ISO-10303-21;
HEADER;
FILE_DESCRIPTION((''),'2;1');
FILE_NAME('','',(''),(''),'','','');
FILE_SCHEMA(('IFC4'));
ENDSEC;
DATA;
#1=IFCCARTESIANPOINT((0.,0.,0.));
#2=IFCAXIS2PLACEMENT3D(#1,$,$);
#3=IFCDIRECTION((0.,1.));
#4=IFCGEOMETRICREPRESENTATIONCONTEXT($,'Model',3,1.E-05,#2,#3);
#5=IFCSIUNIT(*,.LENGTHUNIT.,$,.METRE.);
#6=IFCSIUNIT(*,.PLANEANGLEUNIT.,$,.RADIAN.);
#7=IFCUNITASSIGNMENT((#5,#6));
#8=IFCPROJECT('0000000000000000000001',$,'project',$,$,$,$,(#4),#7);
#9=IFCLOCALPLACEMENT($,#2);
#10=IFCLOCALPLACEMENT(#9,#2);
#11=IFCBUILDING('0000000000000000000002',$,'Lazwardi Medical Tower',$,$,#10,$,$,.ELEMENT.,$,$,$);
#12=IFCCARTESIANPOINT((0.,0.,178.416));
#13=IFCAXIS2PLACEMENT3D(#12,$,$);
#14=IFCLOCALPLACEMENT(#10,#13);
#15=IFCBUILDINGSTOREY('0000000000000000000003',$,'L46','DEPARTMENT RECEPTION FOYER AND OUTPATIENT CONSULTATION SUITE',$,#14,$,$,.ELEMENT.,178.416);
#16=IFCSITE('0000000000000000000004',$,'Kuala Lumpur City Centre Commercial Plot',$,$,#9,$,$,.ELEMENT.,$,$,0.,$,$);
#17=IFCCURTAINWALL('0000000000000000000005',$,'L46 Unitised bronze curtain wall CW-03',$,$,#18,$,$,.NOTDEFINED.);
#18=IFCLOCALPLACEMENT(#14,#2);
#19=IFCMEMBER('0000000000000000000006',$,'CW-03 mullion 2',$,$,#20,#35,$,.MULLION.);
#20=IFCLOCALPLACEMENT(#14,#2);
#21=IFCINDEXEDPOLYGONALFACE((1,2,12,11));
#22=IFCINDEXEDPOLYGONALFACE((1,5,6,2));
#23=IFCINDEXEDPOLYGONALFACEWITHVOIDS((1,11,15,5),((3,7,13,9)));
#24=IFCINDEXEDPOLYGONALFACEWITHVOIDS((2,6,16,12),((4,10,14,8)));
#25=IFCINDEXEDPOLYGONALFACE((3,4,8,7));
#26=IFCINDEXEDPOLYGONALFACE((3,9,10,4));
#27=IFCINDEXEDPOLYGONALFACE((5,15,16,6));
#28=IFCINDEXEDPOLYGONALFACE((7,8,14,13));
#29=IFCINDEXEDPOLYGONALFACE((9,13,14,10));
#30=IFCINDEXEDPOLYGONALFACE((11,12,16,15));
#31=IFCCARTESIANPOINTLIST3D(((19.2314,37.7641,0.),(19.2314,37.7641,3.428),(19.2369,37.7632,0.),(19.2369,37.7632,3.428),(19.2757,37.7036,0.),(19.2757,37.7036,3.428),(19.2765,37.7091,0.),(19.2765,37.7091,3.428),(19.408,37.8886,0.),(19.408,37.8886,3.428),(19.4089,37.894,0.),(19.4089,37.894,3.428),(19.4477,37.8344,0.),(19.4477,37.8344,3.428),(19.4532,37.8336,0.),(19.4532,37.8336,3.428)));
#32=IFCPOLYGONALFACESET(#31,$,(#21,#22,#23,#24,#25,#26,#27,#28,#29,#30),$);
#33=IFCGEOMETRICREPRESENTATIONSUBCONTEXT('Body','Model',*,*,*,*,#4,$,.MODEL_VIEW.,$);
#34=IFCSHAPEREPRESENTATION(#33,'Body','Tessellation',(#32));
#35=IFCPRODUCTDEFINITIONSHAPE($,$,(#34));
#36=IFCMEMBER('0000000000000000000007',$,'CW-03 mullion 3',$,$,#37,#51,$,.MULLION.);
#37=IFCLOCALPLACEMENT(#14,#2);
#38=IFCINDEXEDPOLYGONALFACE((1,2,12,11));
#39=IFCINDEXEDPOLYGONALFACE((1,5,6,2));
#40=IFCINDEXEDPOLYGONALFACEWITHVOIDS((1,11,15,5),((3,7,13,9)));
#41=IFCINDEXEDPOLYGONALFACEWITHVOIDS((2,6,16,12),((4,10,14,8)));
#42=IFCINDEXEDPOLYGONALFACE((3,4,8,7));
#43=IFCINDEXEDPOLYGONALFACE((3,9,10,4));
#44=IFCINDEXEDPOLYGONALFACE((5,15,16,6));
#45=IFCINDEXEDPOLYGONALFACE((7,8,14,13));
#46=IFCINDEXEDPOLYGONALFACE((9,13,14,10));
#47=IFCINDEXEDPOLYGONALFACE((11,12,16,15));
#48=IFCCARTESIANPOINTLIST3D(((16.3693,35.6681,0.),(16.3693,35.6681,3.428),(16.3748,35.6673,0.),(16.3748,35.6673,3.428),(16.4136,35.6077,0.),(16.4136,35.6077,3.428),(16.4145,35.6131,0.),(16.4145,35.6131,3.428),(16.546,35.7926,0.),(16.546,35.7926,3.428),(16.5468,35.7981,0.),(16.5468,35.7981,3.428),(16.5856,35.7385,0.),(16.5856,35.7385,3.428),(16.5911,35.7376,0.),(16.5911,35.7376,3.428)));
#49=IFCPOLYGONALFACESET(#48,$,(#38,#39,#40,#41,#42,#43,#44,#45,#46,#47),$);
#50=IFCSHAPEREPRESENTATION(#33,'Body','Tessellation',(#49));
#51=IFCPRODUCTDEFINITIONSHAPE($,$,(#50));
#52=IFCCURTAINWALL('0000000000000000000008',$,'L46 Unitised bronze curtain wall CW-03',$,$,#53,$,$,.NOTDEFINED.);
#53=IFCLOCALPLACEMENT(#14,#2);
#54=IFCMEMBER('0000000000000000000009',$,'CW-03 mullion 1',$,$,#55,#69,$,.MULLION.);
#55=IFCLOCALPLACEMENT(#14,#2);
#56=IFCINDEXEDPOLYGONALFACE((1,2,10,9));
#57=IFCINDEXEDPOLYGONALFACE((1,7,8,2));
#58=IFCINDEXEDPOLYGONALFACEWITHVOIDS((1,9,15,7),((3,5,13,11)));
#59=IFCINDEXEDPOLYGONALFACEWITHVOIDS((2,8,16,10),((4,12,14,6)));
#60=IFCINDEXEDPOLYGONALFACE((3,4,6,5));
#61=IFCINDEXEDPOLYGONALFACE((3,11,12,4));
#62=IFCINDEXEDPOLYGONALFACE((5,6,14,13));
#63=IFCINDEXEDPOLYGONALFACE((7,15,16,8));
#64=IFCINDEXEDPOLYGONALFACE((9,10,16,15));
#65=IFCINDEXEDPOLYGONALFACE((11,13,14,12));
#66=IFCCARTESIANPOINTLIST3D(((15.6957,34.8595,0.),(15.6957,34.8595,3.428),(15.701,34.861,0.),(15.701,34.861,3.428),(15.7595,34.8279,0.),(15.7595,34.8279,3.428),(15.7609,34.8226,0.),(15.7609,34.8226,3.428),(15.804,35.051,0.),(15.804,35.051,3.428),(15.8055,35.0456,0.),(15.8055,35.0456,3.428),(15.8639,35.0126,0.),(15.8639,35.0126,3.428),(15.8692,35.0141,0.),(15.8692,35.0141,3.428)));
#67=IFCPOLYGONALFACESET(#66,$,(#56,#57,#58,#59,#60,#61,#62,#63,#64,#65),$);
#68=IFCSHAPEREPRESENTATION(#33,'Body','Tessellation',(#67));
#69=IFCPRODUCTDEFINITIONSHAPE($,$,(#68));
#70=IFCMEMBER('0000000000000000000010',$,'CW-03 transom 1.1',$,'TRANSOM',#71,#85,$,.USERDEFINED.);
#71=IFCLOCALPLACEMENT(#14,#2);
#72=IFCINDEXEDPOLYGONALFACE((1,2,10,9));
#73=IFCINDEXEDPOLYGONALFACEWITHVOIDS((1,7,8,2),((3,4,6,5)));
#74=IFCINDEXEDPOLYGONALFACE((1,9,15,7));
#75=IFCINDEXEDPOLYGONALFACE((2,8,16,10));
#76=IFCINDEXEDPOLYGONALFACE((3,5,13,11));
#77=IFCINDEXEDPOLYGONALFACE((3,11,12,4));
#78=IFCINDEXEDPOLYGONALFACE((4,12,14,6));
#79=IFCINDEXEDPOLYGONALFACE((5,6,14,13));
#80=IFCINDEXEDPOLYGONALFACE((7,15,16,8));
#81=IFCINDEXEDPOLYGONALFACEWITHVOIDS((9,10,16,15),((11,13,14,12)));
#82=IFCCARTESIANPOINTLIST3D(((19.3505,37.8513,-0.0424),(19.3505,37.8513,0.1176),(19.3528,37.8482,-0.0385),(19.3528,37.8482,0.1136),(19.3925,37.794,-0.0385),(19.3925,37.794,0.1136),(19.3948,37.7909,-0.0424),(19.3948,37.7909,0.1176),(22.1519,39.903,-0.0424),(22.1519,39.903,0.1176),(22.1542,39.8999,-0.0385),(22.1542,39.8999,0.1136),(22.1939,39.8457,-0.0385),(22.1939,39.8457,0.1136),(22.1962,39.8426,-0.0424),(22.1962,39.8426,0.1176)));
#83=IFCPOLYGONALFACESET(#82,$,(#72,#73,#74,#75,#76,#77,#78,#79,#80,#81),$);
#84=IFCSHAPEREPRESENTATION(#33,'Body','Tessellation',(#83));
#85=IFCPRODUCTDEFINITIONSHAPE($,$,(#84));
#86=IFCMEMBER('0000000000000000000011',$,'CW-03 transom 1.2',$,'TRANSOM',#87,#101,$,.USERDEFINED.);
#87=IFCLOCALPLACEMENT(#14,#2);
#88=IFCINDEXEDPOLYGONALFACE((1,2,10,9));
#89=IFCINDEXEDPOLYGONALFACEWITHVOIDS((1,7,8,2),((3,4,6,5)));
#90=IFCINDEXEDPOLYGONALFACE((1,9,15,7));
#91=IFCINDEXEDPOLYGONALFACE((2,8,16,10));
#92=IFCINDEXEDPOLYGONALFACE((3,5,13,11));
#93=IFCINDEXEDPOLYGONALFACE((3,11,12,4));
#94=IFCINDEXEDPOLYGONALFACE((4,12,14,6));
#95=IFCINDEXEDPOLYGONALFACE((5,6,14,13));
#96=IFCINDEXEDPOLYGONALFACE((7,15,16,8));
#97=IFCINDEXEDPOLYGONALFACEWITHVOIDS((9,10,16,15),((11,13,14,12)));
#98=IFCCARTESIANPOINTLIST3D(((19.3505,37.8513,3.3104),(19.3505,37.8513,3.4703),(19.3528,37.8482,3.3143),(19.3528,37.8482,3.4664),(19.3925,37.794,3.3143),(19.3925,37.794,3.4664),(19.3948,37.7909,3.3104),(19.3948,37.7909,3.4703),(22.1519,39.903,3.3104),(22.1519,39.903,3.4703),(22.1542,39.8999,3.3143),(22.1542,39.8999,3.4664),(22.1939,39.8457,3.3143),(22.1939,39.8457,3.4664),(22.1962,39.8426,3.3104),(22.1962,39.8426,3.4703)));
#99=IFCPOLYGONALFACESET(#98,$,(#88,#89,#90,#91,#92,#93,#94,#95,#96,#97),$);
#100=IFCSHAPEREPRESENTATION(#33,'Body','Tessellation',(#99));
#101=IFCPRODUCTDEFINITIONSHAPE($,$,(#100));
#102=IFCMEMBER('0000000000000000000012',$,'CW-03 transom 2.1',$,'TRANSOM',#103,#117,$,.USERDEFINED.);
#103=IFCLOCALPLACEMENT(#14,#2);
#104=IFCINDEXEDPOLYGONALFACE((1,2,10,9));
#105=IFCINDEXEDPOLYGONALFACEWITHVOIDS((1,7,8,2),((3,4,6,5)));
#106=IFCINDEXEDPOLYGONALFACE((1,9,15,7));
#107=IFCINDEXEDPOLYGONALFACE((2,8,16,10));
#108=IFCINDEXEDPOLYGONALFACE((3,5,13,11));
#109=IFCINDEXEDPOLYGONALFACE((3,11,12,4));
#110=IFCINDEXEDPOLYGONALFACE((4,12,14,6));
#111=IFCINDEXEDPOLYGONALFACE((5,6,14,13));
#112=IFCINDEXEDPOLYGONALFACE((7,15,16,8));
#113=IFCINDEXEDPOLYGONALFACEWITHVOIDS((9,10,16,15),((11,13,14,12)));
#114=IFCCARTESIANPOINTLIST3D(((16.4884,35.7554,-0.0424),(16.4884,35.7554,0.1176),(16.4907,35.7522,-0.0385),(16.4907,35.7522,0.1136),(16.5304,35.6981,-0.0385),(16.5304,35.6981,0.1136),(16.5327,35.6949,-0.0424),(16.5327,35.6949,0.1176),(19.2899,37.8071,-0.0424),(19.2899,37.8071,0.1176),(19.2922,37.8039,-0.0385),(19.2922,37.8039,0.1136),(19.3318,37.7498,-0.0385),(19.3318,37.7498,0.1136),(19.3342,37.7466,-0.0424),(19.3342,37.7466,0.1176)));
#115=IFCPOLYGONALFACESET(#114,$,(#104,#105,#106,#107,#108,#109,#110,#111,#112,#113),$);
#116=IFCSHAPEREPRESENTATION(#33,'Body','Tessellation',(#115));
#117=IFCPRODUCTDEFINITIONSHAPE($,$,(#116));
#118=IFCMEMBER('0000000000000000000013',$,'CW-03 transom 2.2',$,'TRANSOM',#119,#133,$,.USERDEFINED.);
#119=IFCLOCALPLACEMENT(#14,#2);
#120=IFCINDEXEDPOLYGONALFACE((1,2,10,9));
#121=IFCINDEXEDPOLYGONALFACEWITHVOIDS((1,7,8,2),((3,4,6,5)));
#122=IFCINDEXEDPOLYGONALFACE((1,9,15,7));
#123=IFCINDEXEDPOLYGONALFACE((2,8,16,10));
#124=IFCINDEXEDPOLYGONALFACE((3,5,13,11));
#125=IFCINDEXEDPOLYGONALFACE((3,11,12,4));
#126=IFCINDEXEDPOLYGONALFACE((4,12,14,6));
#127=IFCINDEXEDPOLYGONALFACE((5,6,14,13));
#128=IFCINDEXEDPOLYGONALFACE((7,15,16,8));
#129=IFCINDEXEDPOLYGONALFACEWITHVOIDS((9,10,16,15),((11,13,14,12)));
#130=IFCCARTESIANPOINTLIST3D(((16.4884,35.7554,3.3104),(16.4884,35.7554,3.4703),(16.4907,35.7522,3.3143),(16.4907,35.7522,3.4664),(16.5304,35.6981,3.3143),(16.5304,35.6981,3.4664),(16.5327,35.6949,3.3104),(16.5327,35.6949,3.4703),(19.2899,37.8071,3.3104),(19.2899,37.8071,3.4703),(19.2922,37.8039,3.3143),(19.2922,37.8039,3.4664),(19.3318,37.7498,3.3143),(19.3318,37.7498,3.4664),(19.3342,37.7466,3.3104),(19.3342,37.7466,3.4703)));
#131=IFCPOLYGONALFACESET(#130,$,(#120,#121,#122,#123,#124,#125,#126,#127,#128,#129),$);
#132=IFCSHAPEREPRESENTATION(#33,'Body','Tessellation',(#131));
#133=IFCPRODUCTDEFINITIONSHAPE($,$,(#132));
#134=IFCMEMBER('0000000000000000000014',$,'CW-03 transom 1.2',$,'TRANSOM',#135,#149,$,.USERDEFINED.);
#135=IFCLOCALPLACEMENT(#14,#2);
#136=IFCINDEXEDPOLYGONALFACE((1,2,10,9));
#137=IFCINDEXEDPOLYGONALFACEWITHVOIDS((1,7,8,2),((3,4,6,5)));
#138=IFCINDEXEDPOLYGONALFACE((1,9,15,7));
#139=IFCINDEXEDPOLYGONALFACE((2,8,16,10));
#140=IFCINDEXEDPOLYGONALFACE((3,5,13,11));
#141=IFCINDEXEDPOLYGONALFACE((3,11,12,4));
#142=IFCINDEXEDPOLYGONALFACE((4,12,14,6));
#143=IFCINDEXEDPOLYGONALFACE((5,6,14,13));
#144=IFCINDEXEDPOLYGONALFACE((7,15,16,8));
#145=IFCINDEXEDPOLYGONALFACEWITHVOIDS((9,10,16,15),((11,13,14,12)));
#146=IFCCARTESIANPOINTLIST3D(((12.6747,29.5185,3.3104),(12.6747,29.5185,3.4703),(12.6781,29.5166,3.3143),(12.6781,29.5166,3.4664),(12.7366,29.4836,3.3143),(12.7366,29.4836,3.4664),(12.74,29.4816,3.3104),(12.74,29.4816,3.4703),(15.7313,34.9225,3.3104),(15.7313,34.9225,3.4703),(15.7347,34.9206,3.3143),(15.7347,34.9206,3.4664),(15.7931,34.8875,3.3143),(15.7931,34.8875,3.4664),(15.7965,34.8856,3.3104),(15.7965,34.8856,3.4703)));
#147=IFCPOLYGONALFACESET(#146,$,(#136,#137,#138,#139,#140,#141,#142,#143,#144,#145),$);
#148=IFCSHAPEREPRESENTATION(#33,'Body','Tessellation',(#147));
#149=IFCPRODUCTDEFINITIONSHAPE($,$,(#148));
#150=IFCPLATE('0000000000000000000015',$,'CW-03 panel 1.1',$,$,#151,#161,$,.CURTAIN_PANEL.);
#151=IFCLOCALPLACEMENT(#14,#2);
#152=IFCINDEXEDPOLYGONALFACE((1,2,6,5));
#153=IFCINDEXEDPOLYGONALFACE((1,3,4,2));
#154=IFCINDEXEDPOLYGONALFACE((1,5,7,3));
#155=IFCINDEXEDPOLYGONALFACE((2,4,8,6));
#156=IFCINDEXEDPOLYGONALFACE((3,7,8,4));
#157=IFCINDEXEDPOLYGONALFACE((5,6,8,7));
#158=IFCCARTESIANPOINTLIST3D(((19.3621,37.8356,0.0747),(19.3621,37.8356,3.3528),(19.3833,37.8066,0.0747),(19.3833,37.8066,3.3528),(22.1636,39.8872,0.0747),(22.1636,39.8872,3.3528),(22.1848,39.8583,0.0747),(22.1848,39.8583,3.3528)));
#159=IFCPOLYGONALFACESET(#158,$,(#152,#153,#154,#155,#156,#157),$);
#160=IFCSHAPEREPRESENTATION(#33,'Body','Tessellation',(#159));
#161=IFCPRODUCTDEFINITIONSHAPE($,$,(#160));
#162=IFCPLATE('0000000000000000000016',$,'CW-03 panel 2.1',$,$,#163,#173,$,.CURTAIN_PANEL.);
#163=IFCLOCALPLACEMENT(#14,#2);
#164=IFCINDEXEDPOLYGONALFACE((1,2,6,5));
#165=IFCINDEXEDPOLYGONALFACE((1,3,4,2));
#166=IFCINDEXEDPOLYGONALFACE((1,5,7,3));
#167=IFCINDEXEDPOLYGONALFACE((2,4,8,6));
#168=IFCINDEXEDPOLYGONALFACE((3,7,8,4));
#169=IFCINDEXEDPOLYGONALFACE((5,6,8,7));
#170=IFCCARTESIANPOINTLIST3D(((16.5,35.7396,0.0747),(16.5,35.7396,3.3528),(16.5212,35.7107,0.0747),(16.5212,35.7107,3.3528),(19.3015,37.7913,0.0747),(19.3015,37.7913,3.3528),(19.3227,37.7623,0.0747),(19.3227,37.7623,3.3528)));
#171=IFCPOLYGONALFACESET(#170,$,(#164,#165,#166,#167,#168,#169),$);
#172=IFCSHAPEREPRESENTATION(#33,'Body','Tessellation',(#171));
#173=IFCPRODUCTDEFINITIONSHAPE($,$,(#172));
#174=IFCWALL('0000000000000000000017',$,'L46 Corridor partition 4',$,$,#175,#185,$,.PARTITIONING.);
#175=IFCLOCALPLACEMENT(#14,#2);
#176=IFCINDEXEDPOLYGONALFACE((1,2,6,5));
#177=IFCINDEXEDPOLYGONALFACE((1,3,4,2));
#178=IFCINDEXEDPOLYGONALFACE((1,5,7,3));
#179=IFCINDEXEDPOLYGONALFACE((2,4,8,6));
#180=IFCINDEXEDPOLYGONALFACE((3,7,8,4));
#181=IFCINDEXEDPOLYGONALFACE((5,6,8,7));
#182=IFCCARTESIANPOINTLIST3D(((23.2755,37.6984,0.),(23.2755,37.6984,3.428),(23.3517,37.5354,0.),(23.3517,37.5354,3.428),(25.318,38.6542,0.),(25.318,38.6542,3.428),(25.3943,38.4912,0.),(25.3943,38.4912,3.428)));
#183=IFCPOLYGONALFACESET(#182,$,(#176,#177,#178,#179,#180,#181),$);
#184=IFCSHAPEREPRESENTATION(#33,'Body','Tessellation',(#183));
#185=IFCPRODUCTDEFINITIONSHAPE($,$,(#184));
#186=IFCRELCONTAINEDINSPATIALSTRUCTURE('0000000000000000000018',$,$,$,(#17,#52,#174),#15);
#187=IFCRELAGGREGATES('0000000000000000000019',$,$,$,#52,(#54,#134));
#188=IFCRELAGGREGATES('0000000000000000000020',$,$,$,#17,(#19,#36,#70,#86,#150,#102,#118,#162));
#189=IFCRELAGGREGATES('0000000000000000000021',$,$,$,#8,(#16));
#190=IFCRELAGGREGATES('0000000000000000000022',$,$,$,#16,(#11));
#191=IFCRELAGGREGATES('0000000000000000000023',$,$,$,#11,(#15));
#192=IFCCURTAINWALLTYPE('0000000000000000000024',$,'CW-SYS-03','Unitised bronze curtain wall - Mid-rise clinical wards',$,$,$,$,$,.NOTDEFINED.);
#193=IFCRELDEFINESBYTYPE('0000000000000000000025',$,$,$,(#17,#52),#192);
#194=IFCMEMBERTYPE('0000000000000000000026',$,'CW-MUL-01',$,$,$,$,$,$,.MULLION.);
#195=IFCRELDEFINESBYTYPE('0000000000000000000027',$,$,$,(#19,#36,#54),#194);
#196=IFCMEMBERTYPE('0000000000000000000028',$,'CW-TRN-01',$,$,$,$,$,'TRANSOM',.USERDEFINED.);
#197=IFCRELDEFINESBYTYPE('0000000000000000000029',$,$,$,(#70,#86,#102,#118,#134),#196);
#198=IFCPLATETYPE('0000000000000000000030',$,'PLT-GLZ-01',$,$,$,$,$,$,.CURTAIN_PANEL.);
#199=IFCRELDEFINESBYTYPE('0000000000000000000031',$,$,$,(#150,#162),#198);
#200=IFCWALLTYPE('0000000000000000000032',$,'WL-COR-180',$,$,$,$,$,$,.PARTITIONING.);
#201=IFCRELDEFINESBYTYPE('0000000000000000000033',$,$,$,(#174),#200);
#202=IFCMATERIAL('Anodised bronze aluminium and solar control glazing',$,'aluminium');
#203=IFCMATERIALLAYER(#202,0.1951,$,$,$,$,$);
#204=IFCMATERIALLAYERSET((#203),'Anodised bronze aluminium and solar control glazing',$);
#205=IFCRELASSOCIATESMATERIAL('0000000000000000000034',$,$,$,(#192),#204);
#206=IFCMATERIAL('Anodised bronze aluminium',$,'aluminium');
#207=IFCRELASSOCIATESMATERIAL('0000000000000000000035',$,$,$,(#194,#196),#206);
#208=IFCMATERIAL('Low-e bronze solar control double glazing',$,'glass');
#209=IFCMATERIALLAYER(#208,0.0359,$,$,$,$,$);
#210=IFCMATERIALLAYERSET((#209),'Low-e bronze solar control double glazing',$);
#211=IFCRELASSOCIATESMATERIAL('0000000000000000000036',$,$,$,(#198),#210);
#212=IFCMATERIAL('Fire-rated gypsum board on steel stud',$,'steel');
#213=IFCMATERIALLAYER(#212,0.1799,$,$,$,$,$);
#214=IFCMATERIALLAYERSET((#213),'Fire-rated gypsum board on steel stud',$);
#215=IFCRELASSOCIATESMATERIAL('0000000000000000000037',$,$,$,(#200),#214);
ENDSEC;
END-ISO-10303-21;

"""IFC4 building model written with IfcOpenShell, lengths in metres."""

from ifc_helpers import new_model, si_unit, direction, frame, frame_2d, origin, origin_2d, place, context, subcontext, project, spatial, rectangle, hollow_rectangle, extrude, material, layer, layer_set, material_profile, profile_set, type_object, element, aggregate, save


model = new_model("IFC4")

# Units and contexts
model_context = context("Model", 3, precision=1e-05, world=origin(), true_north=direction((0.0, 1.0)))
body_context = subcontext(model_context, "Body", "Model", "MODEL_VIEW")
ifc_project = project(units=[si_unit("LENGTHUNIT", "METRE"), si_unit("PLANEANGLEUNIT", "RADIAN")], contexts=[model_context])

# Site, building, storey
site_placement = place(None, origin())
site = spatial("IfcSite", under=ifc_project, at=site_placement, Name="Kuala Lumpur City Centre Commercial Plot", CompositionType="ELEMENT", RefElevation=0.0)
building_placement = place(site_placement, origin())
building = spatial("IfcBuilding", under=site, at=building_placement, Name="Lazwardi Medical Tower", CompositionType="ELEMENT")
storey_placement = place(building_placement, frame((0.0, 0.0, 178.416)))
storey = spatial("IfcBuildingStorey", under=building, at=storey_placement, Name="L46", Description="DEPARTMENT RECEPTION FOYER AND OUTPATIENT CONSULTATION SUITE", CompositionType="ELEMENT", Elevation=178.416)

# Shared definitions
ifc_material_1 = material(Name="Anodised bronze aluminium and solar control glazing", Category="aluminium")
ifc_layer_1 = layer(ifc_material_1, 0.1951)
ifc_layer_set_1 = layer_set([ifc_layer_1], Name="Anodised bronze aluminium and solar control glazing")
curtain_wall_type = type_object("IfcCurtainWallType", Name="CW-SYS-03", Description="Unitised bronze curtain wall - Mid-rise clinical wards", PredefinedType="NOTDEFINED", material=ifc_layer_set_1)
ifc_material_2 = material(Name="Anodised bronze aluminium", Category="aluminium")
ifc_material_profile_1 = material_profile(ifc_material_2, hollow_rectangle(XDim=0.075, YDim=0.22, WallThickness=0.0039, at=origin_2d()), Name="ALU-MULLION 220x75x4")
ifc_profile_set_1 = profile_set([ifc_material_profile_1], Name="Anodised bronze aluminium")
member_type_1 = type_object("IfcMemberType", Name="CW-MUL-01", PredefinedType="MULLION", material=ifc_profile_set_1)

# Curtain wall, members
curtain_wall_1_placement = place(storey_placement, origin())
curtain_wall_1 = element("IfcCurtainWall", 1, at=curtain_wall_1_placement, inside=storey, type_object=curtain_wall_type, Name="L46 Unitised bronze curtain wall CW-03", PredefinedType="NOTDEFINED")
member_1_placement = place(storey_placement, frame((19.3423, 37.7988, 0.0), z_axis=(0.0, 0.0, 1.0), x_axis=(0.590834, -0.806793, 0.0)))
member_1 = element("IfcMember", 2, at=member_1_placement, type_object=member_type_1, Name="CW-03 mullion 2", PredefinedType="MULLION", context=body_context, shape_type="SweptSolid", body=[
    extrude(hollow_rectangle(XDim=0.075, YDim=0.22, WallThickness=0.0039, at=origin_2d()), origin(), (0.0, 0.0, 1.0), 3.428),
])
member_2_placement = place(storey_placement, frame((16.4802, 35.7029, 0.0), z_axis=(0.0, 0.0, 1.0), x_axis=(0.590834, -0.806793, 0.0)))
member_2 = element("IfcMember", 3, at=member_2_placement, type_object=member_type_1, Name="CW-03 mullion 3", PredefinedType="MULLION", context=body_context, shape_type="SweptSolid", body=[
    extrude(hollow_rectangle(XDim=0.075, YDim=0.22, WallThickness=0.0039, at=origin_2d()), origin(), (0.0, 0.0, 1.0), 3.428),
])

# Curtain wall, member
curtain_wall_2_placement = place(storey_placement, origin())
curtain_wall_2 = element("IfcCurtainWall", 4, at=curtain_wall_2_placement, inside=storey, type_object=curtain_wall_type, Name="L46 Unitised bronze curtain wall CW-03", PredefinedType="NOTDEFINED")
member_3_placement = place(storey_placement, frame((15.7825, 34.9368, 0.0), z_axis=(0.0, 0.0, 1.0), x_axis=(0.870419, -0.492312, 0.0)))
member_3 = element("IfcMember", 5, at=member_3_placement, type_object=member_type_1, Name="CW-03 mullion 1", PredefinedType="MULLION", context=body_context, shape_type="SweptSolid", body=[
    extrude(hollow_rectangle(XDim=0.075, YDim=0.22, WallThickness=0.0039, at=origin_2d()), origin(), (0.0, 0.0, 1.0), 3.428),
])

# Members
ifc_material_profile_2 = material_profile(ifc_material_2, hollow_rectangle(XDim=0.075, YDim=0.1599, WallThickness=0.0039, at=origin_2d()), Name="ALU-TRANSOM 160x75x4")
ifc_profile_set_2 = profile_set([ifc_material_profile_2], Name="Anodised bronze aluminium")
member_type_2 = type_object("IfcMemberType", Name="CW-TRN-01", ElementType="TRANSOM", PredefinedType="USERDEFINED", material=ifc_profile_set_2)
member_4_placement = place(storey_placement, frame((22.1741, 39.8728, 0.0376), z_axis=(-0.806774, -0.590861, 0.0), x_axis=(0.590861, -0.806774, 0.0)))
member_4 = element("IfcMember", 6, at=member_4_placement, type_object=member_type_2, Name="CW-03 transom 1.1", ObjectType="TRANSOM", PredefinedType="USERDEFINED", context=body_context, shape_type="SweptSolid", body=[
    extrude(hollow_rectangle(XDim=0.075, YDim=0.1599, WallThickness=0.0039, at=origin_2d()), origin(), (0.0, 0.0, 1.0), 3.4724),
])
member_5_placement = place(storey_placement, frame((22.1741, 39.8728, 3.3904), z_axis=(-0.806774, -0.590861, 0.0), x_axis=(0.590861, -0.806774, 0.0)))
member_5 = element("IfcMember", 7, at=member_5_placement, type_object=member_type_2, Name="CW-03 transom 1.2", ObjectType="TRANSOM", PredefinedType="USERDEFINED", context=body_context, shape_type="SweptSolid", body=[
    extrude(hollow_rectangle(XDim=0.075, YDim=0.1599, WallThickness=0.0039, at=origin_2d()), origin(), (0.0, 0.0, 1.0), 3.4724),
])
member_6_placement = place(storey_placement, frame((19.312, 37.7769, 0.0376), z_axis=(-0.806774, -0.590861, 0.0), x_axis=(0.590861, -0.806774, 0.0)))
member_6 = element("IfcMember", 8, at=member_6_placement, type_object=member_type_2, Name="CW-03 transom 2.1", ObjectType="TRANSOM", PredefinedType="USERDEFINED", context=body_context, shape_type="SweptSolid", body=[
    extrude(hollow_rectangle(XDim=0.075, YDim=0.1599, WallThickness=0.0039, at=origin_2d()), origin(), (0.0, 0.0, 1.0), 3.4724),
])
member_7_placement = place(storey_placement, frame((19.312, 37.7769, 3.3904), z_axis=(-0.806774, -0.590861, 0.0), x_axis=(0.590861, -0.806774, 0.0)))
member_7 = element("IfcMember", 9, at=member_7_placement, type_object=member_type_2, Name="CW-03 transom 2.2", ObjectType="TRANSOM", PredefinedType="USERDEFINED", context=body_context, shape_type="SweptSolid", body=[
    extrude(hollow_rectangle(XDim=0.075, YDim=0.1599, WallThickness=0.0039, at=origin_2d()), origin(), (0.0, 0.0, 1.0), 3.4724),
])
member_8_placement = place(storey_placement, frame((15.7639, 34.9041, 3.3904), z_axis=(-0.492323, -0.870413, 0.0), x_axis=(0.870413, -0.492323, 0.0)))
member_8 = element("IfcMember", 10, at=member_8_placement, type_object=member_type_2, Name="CW-03 transom 1.2", ObjectType="TRANSOM", PredefinedType="USERDEFINED", context=body_context, shape_type="SweptSolid", body=[
    extrude(hollow_rectangle(XDim=0.075, YDim=0.1599, WallThickness=0.0039, at=origin_2d()), origin(), (0.0, 0.0, 1.0), 6.2085),
])
aggregate(curtain_wall_2, [member_3, member_8])

# Plates
ifc_material_3 = material(Name="Low-e bronze solar control double glazing", Category="glass")
ifc_layer_2 = layer(ifc_material_3, 0.0359)
ifc_layer_set_2 = layer_set([ifc_layer_2], Name="Low-e bronze solar control double glazing")
plate_type = type_object("IfcPlateType", Name="PLT-GLZ-01", PredefinedType="CURTAIN_PANEL", material=ifc_layer_set_2)
plate_1_placement = place(storey_placement, frame((20.7734, 38.8469, 0.0747), z_axis=(0.0, 0.0, 1.0), x_axis=(-0.806793, -0.590834, 0.0)))
plate_1 = element("IfcPlate", 11, at=plate_1_placement, type_object=plate_type, Name="CW-03 panel 1.1", PredefinedType="CURTAIN_PANEL", context=body_context, shape_type="SweptSolid", body=[
    extrude(rectangle(XDim=3.4724, YDim=0.0359, at=origin_2d()), origin(), (0.0, 0.0, 1.0), 3.2781),
])
plate_2_placement = place(storey_placement, frame((17.9114, 36.751, 0.0747), z_axis=(0.0, 0.0, 1.0), x_axis=(-0.806793, -0.590834, 0.0)))
plate_2 = element("IfcPlate", 12, at=plate_2_placement, type_object=plate_type, Name="CW-03 panel 2.1", PredefinedType="CURTAIN_PANEL", context=body_context, shape_type="SweptSolid", body=[
    extrude(rectangle(XDim=3.4724, YDim=0.0359, at=origin_2d()), origin(), (0.0, 0.0, 1.0), 3.2781),
])
aggregate(curtain_wall_1, [member_1, member_2, member_4, member_5, plate_1, member_6, member_7, plate_2])

# Wall
ifc_material_4 = material(Name="Fire-rated gypsum board on steel stud", Category="steel")
ifc_layer_3 = layer(ifc_material_4, 0.1799)
ifc_layer_set_3 = layer_set([ifc_layer_3], Name="Fire-rated gypsum board on steel stud")
wall_type_1 = type_object("IfcWallType", Name="WL-COR-180", PredefinedType="PARTITIONING", material=ifc_layer_set_3)
wall_1_placement = place(storey_placement, frame((23.3137, 37.6169, 0.0), z_axis=(0.0, 0.0, 1.0), x_axis=(0.905732, 0.423851, 0.0)))
element("IfcWall", 13, at=wall_1_placement, inside=storey, type_object=wall_type_1, Name="L46 Corridor partition 4", PredefinedType="PARTITIONING", context=body_context, shape_type="SweptSolid", body=[
    extrude(rectangle(XDim=2.2551, YDim=0.1799, at=frame_2d((1.1274, 0.0))), origin(), (0.0, 0.0, 1.0), 3.428),
])

save(model, "model.ifc")
